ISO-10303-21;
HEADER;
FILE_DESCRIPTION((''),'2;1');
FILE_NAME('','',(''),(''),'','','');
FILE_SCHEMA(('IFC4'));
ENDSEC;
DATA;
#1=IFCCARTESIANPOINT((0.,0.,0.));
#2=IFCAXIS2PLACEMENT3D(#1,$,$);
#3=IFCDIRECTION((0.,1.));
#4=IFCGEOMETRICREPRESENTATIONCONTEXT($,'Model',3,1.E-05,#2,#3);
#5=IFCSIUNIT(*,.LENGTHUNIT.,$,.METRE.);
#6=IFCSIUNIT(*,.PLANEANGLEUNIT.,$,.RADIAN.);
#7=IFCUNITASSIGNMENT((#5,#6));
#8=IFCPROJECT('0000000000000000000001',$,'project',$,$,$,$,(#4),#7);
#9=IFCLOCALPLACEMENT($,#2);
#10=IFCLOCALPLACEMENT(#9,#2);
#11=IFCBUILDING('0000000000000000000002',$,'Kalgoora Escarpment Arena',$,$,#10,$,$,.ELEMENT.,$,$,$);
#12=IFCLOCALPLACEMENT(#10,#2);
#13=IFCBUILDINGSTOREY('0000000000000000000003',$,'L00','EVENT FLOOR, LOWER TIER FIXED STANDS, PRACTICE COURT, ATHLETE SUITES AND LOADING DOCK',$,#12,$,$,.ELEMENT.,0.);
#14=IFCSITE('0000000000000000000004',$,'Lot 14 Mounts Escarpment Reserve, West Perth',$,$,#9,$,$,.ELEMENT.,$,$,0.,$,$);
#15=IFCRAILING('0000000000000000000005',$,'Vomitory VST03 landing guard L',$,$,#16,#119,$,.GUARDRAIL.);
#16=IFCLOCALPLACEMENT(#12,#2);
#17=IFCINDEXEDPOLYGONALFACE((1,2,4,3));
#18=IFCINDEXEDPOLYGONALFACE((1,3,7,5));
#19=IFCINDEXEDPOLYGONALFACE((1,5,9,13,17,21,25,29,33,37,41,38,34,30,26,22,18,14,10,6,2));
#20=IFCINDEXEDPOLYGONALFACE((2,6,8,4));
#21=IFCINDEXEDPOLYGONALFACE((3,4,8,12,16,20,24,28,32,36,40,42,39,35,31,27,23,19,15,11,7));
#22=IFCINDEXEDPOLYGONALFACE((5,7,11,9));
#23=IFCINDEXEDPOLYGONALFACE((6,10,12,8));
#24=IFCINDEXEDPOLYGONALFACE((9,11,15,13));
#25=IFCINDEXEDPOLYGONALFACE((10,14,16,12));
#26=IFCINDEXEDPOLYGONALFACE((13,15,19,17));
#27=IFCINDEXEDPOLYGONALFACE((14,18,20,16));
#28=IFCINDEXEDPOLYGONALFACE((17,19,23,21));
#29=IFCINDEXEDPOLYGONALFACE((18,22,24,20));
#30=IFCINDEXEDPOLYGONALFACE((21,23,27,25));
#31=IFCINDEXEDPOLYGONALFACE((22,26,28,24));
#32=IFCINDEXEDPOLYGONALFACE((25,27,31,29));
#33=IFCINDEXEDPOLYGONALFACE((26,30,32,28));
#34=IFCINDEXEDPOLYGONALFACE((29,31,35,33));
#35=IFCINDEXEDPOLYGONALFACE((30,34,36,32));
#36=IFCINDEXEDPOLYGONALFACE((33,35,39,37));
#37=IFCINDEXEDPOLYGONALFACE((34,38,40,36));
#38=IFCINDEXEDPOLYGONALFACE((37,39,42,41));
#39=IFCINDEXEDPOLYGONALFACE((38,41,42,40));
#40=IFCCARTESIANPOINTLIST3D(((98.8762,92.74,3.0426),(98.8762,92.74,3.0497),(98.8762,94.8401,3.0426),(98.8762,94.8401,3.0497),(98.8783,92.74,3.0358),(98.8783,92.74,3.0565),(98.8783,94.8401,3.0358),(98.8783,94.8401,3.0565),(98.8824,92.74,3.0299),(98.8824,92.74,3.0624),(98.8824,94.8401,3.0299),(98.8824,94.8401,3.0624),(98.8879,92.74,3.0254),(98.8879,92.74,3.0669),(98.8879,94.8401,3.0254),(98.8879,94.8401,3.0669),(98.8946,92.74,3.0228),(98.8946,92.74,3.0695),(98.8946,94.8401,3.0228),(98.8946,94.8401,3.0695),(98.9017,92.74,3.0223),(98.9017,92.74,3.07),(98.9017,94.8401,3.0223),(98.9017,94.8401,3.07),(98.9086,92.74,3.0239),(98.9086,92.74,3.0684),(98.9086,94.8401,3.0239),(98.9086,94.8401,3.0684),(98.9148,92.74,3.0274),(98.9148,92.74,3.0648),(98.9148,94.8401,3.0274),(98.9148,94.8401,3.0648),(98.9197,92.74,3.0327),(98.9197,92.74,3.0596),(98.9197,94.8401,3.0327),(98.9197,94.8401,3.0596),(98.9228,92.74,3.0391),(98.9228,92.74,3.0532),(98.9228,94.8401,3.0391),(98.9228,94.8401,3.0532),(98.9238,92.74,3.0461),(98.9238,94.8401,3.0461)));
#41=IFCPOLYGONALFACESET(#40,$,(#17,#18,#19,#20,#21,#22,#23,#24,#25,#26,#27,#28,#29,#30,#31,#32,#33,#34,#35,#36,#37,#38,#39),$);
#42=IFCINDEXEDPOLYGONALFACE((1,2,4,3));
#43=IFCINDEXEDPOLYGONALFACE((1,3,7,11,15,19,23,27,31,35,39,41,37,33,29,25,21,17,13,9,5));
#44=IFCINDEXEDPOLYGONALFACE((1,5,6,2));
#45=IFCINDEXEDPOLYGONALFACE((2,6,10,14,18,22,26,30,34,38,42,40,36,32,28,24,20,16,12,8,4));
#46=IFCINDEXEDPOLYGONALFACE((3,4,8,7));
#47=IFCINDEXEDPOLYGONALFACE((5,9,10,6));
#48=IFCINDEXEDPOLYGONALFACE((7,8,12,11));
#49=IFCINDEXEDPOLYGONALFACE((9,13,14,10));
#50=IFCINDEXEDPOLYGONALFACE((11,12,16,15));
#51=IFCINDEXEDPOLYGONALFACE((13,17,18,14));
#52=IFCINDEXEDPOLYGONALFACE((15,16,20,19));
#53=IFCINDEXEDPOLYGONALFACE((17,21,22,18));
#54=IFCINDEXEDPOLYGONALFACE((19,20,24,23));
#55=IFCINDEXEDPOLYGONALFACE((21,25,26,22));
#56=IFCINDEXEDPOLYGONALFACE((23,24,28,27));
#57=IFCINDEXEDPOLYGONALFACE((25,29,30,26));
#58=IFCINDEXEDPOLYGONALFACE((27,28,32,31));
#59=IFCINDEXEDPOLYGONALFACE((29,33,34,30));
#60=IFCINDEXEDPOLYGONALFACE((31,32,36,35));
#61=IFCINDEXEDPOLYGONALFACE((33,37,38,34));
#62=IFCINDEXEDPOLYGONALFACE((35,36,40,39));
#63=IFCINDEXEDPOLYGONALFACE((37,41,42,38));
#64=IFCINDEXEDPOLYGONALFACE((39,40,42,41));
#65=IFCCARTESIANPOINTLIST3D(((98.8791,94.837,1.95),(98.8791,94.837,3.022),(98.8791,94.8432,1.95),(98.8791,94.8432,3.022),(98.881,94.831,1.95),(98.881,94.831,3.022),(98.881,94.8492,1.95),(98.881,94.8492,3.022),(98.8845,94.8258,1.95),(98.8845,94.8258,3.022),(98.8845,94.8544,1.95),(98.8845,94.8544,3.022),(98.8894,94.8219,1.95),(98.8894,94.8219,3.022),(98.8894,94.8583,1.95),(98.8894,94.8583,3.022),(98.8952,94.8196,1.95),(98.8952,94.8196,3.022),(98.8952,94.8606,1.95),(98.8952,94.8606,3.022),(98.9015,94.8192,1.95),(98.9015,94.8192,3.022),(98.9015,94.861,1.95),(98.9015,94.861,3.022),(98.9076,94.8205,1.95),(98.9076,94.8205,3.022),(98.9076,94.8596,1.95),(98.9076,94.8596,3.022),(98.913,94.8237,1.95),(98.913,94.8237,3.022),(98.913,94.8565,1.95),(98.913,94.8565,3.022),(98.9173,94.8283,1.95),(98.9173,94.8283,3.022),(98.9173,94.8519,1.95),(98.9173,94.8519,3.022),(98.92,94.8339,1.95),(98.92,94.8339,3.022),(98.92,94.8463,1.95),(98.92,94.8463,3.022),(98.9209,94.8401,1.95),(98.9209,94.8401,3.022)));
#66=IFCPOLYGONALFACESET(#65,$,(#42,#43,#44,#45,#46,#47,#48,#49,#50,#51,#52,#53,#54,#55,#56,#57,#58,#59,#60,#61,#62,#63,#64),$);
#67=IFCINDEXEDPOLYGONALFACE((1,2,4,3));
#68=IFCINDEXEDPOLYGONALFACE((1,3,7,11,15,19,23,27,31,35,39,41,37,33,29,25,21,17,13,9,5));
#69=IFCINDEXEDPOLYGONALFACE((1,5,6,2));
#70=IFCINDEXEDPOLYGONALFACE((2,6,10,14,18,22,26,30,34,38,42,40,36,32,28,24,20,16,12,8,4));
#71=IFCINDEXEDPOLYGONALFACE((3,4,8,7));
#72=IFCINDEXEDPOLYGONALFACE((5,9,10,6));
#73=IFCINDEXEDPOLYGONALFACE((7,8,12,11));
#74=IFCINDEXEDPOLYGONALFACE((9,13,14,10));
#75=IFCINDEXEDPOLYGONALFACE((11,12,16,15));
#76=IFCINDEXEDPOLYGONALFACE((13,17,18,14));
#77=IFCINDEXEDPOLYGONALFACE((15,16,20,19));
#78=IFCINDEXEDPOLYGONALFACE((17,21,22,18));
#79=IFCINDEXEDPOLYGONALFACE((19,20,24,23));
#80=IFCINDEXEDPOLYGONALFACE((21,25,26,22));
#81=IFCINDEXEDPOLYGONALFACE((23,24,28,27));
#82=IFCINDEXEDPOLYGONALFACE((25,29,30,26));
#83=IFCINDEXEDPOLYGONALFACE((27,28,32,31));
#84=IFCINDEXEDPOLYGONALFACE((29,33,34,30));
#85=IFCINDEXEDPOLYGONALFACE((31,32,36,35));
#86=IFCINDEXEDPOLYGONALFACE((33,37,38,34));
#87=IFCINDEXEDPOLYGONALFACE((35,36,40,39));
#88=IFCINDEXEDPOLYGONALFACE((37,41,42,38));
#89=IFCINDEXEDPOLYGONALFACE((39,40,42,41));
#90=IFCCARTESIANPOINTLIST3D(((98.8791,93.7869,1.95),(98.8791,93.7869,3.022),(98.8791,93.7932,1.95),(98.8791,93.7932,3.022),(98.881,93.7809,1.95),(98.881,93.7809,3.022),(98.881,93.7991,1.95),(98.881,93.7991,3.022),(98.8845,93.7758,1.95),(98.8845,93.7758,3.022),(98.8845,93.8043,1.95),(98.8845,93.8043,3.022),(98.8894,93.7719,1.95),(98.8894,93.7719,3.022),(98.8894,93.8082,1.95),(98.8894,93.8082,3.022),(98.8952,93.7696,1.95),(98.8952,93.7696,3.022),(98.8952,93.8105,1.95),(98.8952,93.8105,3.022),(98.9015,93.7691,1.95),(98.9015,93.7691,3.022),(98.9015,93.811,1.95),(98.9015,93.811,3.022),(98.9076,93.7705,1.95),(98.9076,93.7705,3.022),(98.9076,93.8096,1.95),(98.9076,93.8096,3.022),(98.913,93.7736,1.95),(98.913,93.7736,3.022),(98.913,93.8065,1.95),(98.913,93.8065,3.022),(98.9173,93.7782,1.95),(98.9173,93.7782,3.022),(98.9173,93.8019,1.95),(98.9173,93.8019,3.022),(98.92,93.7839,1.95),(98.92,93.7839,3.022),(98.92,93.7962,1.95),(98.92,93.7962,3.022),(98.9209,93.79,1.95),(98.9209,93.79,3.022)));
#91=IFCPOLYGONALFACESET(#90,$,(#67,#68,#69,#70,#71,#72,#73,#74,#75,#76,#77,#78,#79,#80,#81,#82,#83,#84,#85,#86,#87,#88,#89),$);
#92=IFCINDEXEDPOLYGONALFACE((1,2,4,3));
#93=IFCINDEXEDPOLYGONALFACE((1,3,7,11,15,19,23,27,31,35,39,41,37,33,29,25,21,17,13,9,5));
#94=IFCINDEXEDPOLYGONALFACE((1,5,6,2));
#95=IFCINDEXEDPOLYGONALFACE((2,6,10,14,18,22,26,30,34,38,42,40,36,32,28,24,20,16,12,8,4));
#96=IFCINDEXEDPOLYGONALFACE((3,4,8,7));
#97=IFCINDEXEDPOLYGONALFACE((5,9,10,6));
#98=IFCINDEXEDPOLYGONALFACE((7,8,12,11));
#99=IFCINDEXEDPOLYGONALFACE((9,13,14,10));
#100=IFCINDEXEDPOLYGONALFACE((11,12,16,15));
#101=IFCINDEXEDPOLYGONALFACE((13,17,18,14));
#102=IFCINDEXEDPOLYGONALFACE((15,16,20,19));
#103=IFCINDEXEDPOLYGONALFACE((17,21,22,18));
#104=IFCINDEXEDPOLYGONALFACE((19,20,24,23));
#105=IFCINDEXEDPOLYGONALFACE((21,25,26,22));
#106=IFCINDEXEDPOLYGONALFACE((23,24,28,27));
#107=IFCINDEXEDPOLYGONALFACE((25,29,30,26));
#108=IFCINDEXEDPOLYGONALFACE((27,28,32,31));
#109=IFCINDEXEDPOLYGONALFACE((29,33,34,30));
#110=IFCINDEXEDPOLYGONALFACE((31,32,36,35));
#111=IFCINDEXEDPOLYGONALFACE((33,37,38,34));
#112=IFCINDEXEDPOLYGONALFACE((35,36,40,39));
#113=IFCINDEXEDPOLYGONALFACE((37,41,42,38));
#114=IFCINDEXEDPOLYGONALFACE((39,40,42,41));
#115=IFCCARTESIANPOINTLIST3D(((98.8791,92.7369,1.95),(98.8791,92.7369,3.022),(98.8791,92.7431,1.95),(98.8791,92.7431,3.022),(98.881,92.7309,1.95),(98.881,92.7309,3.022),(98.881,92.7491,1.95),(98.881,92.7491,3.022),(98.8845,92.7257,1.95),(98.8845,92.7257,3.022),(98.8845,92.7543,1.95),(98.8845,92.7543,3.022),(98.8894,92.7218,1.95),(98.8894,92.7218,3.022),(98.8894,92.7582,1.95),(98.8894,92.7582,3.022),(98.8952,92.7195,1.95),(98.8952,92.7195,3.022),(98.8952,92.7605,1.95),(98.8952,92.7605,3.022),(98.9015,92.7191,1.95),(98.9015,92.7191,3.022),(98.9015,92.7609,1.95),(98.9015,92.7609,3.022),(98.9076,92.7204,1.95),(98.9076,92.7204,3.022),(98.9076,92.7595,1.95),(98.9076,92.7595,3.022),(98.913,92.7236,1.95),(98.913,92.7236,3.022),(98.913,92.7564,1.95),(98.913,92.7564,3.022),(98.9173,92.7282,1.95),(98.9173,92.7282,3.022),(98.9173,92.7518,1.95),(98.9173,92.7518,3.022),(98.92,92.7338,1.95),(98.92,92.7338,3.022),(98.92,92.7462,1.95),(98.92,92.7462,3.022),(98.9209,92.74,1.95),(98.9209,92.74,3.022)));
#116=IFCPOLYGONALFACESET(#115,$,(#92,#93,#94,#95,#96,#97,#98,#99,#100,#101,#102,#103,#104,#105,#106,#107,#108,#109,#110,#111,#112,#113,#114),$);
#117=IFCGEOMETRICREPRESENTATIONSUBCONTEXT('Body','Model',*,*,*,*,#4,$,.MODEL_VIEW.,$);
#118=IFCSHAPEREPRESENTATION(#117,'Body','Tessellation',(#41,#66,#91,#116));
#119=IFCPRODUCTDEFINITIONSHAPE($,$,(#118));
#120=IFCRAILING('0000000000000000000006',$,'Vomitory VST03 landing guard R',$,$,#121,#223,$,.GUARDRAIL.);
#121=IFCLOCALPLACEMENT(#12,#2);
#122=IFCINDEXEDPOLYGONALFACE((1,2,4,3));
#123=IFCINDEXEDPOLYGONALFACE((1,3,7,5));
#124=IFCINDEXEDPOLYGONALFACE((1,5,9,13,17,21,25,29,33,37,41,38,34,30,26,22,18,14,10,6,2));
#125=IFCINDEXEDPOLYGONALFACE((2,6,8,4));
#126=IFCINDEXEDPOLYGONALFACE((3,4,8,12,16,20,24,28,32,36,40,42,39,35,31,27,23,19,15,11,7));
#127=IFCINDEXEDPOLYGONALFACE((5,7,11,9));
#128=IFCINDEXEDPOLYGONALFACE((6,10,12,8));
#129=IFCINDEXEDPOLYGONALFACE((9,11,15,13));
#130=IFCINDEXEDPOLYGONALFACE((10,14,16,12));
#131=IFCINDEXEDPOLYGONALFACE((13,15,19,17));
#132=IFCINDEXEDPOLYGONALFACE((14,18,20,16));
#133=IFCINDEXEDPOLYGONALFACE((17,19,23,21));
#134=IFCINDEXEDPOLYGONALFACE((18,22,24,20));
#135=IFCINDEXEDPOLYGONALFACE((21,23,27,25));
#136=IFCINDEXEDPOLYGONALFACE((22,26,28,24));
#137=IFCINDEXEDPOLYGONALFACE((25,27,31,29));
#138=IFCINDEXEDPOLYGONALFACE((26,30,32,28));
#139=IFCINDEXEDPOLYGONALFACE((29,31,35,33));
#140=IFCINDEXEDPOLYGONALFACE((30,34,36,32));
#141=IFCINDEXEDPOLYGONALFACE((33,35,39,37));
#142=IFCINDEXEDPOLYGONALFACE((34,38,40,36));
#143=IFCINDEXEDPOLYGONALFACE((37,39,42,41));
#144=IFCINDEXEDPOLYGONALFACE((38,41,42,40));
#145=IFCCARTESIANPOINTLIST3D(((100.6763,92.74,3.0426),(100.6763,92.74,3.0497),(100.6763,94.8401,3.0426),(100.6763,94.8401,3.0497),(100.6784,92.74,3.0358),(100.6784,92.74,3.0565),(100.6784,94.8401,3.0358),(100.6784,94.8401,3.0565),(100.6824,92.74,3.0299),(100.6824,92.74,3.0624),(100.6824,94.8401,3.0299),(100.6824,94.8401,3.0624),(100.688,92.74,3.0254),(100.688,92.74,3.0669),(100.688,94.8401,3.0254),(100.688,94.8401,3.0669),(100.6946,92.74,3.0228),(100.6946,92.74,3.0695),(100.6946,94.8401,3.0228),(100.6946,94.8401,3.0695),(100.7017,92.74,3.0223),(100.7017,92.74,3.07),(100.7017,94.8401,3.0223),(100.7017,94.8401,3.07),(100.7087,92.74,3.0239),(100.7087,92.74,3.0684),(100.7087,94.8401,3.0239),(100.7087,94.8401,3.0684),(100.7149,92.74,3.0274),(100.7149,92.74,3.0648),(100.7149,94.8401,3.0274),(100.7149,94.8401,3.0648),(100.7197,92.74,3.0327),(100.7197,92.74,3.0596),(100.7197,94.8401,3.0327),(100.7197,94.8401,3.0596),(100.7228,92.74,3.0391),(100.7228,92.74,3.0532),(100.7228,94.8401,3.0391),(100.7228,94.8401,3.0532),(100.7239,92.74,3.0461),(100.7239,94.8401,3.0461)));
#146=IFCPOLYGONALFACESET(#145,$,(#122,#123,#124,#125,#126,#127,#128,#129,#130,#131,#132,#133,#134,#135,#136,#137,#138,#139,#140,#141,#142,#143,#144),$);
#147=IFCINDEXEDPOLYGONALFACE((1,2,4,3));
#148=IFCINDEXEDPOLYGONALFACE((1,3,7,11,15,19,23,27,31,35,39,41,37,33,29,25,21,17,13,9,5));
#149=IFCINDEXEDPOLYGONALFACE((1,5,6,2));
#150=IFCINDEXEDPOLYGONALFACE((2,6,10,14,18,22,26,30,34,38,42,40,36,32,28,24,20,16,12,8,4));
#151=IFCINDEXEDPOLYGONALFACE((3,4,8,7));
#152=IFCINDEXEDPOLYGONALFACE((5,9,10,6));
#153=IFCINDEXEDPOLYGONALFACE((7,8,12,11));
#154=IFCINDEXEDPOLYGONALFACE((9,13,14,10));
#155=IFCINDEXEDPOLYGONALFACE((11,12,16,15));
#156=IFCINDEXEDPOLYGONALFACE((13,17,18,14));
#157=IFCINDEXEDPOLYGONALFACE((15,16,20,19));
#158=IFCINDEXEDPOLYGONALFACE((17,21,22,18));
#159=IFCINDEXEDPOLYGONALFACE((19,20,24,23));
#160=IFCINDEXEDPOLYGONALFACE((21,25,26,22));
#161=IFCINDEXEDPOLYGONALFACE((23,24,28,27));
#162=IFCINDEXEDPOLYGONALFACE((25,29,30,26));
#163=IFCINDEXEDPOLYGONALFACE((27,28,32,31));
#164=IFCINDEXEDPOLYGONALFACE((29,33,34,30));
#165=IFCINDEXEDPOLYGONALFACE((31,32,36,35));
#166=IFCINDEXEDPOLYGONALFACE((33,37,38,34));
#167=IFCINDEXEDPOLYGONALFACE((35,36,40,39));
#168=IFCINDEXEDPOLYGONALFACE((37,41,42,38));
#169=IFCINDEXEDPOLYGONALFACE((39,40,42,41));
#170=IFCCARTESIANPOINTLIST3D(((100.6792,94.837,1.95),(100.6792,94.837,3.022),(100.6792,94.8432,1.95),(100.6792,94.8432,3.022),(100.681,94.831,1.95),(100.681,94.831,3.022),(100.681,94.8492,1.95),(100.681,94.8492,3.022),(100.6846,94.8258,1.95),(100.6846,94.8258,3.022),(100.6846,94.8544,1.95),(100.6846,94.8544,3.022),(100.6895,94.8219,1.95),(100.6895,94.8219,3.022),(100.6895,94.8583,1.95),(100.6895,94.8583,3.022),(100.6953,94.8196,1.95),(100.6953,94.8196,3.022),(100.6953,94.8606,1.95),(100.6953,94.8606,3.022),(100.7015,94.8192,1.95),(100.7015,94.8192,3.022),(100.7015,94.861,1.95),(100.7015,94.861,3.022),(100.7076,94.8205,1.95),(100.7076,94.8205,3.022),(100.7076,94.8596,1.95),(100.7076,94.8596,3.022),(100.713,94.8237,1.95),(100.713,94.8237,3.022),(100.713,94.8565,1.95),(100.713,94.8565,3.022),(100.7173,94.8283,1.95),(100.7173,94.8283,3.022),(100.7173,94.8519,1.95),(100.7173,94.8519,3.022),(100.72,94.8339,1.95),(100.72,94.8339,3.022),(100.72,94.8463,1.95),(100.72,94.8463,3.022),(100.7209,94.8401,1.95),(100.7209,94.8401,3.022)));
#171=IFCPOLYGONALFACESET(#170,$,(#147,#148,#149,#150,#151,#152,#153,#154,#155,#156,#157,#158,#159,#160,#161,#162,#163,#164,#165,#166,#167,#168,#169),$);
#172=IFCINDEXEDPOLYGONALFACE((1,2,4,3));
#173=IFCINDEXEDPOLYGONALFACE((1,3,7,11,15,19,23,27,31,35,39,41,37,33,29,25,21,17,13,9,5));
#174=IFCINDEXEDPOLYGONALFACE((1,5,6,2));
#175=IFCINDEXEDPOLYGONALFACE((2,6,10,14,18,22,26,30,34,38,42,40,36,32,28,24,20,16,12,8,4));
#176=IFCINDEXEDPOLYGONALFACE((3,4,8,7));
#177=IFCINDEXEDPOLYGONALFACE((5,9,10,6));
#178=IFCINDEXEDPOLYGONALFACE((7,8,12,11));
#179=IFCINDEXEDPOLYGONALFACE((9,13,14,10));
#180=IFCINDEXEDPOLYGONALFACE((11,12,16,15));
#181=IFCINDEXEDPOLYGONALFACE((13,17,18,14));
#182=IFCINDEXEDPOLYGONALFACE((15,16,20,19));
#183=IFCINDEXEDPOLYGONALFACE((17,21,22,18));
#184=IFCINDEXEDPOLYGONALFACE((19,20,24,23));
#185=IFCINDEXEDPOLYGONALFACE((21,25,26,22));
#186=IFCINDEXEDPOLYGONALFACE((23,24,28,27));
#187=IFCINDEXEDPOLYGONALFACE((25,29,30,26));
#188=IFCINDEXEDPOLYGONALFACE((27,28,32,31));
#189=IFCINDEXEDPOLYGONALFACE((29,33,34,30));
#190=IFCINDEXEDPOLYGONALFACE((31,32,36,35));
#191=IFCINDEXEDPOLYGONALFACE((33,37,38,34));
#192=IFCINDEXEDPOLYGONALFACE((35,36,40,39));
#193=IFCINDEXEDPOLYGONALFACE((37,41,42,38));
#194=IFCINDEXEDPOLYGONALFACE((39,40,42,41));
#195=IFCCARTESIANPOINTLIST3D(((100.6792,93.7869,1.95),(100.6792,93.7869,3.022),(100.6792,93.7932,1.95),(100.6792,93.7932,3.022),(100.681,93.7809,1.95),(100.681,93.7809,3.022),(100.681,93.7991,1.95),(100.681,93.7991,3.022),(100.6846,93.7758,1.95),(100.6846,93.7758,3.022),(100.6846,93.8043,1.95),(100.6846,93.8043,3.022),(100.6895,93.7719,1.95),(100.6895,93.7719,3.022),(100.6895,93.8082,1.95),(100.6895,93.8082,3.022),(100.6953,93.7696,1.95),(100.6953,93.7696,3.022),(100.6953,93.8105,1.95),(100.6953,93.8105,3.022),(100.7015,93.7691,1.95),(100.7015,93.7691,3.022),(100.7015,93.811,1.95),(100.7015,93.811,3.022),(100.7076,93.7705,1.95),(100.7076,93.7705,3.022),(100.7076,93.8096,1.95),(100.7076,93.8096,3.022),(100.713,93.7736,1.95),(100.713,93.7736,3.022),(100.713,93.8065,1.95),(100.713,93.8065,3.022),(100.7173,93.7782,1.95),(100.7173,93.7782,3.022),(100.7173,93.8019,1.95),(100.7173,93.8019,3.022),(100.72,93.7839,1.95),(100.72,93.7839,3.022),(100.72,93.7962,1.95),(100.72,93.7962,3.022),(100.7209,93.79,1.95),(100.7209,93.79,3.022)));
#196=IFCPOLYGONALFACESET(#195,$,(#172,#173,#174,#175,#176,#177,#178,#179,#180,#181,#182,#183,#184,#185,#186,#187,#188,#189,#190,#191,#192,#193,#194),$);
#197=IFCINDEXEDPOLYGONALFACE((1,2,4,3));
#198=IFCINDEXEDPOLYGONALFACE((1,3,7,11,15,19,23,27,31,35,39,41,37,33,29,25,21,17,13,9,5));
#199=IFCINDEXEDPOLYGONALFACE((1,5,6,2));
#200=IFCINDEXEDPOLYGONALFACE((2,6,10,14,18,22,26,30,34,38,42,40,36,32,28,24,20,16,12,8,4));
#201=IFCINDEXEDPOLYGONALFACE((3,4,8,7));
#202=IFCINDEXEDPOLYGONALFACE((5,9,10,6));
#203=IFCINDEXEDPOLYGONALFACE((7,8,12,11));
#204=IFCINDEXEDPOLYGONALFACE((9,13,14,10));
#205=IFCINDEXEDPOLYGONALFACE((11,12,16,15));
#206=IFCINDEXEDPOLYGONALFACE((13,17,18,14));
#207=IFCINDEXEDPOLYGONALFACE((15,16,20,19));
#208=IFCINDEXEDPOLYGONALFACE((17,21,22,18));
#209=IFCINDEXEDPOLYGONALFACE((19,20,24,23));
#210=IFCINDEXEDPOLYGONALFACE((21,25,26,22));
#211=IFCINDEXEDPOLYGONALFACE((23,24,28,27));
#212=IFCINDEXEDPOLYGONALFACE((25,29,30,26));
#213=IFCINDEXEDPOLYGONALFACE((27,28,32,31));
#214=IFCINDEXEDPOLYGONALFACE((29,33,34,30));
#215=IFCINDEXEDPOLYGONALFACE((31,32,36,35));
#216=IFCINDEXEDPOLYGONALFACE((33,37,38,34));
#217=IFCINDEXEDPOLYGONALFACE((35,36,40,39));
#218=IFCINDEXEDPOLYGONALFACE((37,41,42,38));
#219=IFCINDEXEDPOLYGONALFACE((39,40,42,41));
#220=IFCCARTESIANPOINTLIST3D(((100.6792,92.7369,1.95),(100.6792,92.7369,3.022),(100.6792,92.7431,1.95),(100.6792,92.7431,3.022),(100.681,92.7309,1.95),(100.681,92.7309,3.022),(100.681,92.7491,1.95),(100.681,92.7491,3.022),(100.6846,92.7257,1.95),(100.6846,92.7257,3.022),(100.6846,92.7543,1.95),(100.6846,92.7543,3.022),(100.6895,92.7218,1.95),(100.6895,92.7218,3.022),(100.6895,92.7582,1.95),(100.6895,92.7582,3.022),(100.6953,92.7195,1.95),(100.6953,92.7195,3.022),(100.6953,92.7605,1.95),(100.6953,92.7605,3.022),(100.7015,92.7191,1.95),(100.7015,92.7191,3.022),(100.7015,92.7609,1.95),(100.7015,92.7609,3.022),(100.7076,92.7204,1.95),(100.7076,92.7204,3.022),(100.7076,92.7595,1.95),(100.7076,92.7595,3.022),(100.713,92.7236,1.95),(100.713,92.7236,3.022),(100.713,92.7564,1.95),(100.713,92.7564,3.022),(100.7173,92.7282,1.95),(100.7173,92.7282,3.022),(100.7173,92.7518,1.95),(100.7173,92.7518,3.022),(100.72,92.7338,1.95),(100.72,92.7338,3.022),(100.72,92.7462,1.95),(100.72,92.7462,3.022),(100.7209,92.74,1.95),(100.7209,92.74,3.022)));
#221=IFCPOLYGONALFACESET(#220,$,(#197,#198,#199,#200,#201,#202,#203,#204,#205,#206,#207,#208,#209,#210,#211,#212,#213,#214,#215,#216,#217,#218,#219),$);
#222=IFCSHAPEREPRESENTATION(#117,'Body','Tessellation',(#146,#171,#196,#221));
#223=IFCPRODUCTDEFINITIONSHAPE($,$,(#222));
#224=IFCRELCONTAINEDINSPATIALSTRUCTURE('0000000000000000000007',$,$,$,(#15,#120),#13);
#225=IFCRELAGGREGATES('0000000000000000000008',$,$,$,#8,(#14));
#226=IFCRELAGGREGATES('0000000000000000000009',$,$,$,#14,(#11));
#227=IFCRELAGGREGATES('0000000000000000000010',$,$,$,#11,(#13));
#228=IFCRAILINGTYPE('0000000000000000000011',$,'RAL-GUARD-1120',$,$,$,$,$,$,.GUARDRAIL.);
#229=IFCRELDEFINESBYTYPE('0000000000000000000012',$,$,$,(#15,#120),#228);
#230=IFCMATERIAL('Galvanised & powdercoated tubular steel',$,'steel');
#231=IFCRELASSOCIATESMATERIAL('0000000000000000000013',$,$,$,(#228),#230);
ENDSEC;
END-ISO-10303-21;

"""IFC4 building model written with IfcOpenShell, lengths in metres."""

from ifc_helpers import new_model, si_unit, direction, frame, origin, origin_2d, place, context, subcontext, project, spatial, circle, extrude, material, type_object, element, save


model = new_model("IFC4")

# Units and contexts
model_context = context("Model", 3, precision=1e-05, world=origin(), true_north=direction((0.0, 1.0)))
body_context = subcontext(model_context, "Body", "Model", "MODEL_VIEW")
ifc_project = project(units=[si_unit("LENGTHUNIT", "METRE"), si_unit("PLANEANGLEUNIT", "RADIAN")], contexts=[model_context])

# Site, building, storey
site_placement = place(None, origin())
site = spatial("IfcSite", under=ifc_project, at=site_placement, Name="Lot 14 Mounts Escarpment Reserve, West Perth", CompositionType="ELEMENT", RefElevation=0.0)
building_placement = place(site_placement, origin())
building = spatial("IfcBuilding", under=site, at=building_placement, Name="Kalgoora Escarpment Arena", CompositionType="ELEMENT")
storey_placement = place(building_placement, origin())
storey = spatial("IfcBuildingStorey", under=building, at=storey_placement, Name="L00", Description="EVENT FLOOR, LOWER TIER FIXED STANDS, PRACTICE COURT, ATHLETE SUITES AND LOADING DOCK", CompositionType="ELEMENT", Elevation=0.0)

# Railings
ifc_material_1 = material(Name="Galvanised & powdercoated tubular steel", Category="steel")
railing_type_1 = type_object("IfcRailingType", Name="RAL-GUARD-1120", PredefinedType="GUARDRAIL", material=ifc_material_1)
for number, where, name in (
    (1, (98.8999, 94.8401, 1.95), "Vomitory VST03 landing guard L"),
    (2, (100.7, 94.8401, 1.95), "Vomitory VST03 landing guard R"),
):
    element("IfcRailing", number, at=place(storey_placement, frame(where)), inside=storey, type_object=railing_type_1, Name=name, PredefinedType="GUARDRAIL", context=body_context, shape_type="SweptSolid", body=[
        extrude(circle(Radius=0.0239, at=origin_2d()), frame((0.0, 0.0, 1.0962), z_axis=(0.0, -1.0, 0.0), x_axis=(1.0, 0.0, 0.0)), (0.0, 0.0, 1.0), 2.1001),
        extrude(circle(Radius=0.021, at=origin_2d()), origin(), (0.0, 0.0, 1.0), 1.072),
        extrude(circle(Radius=0.021, at=origin_2d()), frame((0.0, -1.05, 0.0)), (0.0, 0.0, 1.0), 1.072),
        extrude(circle(Radius=0.021, at=origin_2d()), frame((0.0, -2.1001, 0.0)), (0.0, 0.0, 1.0), 1.072),
    ])

save(model, "model.ifc")
